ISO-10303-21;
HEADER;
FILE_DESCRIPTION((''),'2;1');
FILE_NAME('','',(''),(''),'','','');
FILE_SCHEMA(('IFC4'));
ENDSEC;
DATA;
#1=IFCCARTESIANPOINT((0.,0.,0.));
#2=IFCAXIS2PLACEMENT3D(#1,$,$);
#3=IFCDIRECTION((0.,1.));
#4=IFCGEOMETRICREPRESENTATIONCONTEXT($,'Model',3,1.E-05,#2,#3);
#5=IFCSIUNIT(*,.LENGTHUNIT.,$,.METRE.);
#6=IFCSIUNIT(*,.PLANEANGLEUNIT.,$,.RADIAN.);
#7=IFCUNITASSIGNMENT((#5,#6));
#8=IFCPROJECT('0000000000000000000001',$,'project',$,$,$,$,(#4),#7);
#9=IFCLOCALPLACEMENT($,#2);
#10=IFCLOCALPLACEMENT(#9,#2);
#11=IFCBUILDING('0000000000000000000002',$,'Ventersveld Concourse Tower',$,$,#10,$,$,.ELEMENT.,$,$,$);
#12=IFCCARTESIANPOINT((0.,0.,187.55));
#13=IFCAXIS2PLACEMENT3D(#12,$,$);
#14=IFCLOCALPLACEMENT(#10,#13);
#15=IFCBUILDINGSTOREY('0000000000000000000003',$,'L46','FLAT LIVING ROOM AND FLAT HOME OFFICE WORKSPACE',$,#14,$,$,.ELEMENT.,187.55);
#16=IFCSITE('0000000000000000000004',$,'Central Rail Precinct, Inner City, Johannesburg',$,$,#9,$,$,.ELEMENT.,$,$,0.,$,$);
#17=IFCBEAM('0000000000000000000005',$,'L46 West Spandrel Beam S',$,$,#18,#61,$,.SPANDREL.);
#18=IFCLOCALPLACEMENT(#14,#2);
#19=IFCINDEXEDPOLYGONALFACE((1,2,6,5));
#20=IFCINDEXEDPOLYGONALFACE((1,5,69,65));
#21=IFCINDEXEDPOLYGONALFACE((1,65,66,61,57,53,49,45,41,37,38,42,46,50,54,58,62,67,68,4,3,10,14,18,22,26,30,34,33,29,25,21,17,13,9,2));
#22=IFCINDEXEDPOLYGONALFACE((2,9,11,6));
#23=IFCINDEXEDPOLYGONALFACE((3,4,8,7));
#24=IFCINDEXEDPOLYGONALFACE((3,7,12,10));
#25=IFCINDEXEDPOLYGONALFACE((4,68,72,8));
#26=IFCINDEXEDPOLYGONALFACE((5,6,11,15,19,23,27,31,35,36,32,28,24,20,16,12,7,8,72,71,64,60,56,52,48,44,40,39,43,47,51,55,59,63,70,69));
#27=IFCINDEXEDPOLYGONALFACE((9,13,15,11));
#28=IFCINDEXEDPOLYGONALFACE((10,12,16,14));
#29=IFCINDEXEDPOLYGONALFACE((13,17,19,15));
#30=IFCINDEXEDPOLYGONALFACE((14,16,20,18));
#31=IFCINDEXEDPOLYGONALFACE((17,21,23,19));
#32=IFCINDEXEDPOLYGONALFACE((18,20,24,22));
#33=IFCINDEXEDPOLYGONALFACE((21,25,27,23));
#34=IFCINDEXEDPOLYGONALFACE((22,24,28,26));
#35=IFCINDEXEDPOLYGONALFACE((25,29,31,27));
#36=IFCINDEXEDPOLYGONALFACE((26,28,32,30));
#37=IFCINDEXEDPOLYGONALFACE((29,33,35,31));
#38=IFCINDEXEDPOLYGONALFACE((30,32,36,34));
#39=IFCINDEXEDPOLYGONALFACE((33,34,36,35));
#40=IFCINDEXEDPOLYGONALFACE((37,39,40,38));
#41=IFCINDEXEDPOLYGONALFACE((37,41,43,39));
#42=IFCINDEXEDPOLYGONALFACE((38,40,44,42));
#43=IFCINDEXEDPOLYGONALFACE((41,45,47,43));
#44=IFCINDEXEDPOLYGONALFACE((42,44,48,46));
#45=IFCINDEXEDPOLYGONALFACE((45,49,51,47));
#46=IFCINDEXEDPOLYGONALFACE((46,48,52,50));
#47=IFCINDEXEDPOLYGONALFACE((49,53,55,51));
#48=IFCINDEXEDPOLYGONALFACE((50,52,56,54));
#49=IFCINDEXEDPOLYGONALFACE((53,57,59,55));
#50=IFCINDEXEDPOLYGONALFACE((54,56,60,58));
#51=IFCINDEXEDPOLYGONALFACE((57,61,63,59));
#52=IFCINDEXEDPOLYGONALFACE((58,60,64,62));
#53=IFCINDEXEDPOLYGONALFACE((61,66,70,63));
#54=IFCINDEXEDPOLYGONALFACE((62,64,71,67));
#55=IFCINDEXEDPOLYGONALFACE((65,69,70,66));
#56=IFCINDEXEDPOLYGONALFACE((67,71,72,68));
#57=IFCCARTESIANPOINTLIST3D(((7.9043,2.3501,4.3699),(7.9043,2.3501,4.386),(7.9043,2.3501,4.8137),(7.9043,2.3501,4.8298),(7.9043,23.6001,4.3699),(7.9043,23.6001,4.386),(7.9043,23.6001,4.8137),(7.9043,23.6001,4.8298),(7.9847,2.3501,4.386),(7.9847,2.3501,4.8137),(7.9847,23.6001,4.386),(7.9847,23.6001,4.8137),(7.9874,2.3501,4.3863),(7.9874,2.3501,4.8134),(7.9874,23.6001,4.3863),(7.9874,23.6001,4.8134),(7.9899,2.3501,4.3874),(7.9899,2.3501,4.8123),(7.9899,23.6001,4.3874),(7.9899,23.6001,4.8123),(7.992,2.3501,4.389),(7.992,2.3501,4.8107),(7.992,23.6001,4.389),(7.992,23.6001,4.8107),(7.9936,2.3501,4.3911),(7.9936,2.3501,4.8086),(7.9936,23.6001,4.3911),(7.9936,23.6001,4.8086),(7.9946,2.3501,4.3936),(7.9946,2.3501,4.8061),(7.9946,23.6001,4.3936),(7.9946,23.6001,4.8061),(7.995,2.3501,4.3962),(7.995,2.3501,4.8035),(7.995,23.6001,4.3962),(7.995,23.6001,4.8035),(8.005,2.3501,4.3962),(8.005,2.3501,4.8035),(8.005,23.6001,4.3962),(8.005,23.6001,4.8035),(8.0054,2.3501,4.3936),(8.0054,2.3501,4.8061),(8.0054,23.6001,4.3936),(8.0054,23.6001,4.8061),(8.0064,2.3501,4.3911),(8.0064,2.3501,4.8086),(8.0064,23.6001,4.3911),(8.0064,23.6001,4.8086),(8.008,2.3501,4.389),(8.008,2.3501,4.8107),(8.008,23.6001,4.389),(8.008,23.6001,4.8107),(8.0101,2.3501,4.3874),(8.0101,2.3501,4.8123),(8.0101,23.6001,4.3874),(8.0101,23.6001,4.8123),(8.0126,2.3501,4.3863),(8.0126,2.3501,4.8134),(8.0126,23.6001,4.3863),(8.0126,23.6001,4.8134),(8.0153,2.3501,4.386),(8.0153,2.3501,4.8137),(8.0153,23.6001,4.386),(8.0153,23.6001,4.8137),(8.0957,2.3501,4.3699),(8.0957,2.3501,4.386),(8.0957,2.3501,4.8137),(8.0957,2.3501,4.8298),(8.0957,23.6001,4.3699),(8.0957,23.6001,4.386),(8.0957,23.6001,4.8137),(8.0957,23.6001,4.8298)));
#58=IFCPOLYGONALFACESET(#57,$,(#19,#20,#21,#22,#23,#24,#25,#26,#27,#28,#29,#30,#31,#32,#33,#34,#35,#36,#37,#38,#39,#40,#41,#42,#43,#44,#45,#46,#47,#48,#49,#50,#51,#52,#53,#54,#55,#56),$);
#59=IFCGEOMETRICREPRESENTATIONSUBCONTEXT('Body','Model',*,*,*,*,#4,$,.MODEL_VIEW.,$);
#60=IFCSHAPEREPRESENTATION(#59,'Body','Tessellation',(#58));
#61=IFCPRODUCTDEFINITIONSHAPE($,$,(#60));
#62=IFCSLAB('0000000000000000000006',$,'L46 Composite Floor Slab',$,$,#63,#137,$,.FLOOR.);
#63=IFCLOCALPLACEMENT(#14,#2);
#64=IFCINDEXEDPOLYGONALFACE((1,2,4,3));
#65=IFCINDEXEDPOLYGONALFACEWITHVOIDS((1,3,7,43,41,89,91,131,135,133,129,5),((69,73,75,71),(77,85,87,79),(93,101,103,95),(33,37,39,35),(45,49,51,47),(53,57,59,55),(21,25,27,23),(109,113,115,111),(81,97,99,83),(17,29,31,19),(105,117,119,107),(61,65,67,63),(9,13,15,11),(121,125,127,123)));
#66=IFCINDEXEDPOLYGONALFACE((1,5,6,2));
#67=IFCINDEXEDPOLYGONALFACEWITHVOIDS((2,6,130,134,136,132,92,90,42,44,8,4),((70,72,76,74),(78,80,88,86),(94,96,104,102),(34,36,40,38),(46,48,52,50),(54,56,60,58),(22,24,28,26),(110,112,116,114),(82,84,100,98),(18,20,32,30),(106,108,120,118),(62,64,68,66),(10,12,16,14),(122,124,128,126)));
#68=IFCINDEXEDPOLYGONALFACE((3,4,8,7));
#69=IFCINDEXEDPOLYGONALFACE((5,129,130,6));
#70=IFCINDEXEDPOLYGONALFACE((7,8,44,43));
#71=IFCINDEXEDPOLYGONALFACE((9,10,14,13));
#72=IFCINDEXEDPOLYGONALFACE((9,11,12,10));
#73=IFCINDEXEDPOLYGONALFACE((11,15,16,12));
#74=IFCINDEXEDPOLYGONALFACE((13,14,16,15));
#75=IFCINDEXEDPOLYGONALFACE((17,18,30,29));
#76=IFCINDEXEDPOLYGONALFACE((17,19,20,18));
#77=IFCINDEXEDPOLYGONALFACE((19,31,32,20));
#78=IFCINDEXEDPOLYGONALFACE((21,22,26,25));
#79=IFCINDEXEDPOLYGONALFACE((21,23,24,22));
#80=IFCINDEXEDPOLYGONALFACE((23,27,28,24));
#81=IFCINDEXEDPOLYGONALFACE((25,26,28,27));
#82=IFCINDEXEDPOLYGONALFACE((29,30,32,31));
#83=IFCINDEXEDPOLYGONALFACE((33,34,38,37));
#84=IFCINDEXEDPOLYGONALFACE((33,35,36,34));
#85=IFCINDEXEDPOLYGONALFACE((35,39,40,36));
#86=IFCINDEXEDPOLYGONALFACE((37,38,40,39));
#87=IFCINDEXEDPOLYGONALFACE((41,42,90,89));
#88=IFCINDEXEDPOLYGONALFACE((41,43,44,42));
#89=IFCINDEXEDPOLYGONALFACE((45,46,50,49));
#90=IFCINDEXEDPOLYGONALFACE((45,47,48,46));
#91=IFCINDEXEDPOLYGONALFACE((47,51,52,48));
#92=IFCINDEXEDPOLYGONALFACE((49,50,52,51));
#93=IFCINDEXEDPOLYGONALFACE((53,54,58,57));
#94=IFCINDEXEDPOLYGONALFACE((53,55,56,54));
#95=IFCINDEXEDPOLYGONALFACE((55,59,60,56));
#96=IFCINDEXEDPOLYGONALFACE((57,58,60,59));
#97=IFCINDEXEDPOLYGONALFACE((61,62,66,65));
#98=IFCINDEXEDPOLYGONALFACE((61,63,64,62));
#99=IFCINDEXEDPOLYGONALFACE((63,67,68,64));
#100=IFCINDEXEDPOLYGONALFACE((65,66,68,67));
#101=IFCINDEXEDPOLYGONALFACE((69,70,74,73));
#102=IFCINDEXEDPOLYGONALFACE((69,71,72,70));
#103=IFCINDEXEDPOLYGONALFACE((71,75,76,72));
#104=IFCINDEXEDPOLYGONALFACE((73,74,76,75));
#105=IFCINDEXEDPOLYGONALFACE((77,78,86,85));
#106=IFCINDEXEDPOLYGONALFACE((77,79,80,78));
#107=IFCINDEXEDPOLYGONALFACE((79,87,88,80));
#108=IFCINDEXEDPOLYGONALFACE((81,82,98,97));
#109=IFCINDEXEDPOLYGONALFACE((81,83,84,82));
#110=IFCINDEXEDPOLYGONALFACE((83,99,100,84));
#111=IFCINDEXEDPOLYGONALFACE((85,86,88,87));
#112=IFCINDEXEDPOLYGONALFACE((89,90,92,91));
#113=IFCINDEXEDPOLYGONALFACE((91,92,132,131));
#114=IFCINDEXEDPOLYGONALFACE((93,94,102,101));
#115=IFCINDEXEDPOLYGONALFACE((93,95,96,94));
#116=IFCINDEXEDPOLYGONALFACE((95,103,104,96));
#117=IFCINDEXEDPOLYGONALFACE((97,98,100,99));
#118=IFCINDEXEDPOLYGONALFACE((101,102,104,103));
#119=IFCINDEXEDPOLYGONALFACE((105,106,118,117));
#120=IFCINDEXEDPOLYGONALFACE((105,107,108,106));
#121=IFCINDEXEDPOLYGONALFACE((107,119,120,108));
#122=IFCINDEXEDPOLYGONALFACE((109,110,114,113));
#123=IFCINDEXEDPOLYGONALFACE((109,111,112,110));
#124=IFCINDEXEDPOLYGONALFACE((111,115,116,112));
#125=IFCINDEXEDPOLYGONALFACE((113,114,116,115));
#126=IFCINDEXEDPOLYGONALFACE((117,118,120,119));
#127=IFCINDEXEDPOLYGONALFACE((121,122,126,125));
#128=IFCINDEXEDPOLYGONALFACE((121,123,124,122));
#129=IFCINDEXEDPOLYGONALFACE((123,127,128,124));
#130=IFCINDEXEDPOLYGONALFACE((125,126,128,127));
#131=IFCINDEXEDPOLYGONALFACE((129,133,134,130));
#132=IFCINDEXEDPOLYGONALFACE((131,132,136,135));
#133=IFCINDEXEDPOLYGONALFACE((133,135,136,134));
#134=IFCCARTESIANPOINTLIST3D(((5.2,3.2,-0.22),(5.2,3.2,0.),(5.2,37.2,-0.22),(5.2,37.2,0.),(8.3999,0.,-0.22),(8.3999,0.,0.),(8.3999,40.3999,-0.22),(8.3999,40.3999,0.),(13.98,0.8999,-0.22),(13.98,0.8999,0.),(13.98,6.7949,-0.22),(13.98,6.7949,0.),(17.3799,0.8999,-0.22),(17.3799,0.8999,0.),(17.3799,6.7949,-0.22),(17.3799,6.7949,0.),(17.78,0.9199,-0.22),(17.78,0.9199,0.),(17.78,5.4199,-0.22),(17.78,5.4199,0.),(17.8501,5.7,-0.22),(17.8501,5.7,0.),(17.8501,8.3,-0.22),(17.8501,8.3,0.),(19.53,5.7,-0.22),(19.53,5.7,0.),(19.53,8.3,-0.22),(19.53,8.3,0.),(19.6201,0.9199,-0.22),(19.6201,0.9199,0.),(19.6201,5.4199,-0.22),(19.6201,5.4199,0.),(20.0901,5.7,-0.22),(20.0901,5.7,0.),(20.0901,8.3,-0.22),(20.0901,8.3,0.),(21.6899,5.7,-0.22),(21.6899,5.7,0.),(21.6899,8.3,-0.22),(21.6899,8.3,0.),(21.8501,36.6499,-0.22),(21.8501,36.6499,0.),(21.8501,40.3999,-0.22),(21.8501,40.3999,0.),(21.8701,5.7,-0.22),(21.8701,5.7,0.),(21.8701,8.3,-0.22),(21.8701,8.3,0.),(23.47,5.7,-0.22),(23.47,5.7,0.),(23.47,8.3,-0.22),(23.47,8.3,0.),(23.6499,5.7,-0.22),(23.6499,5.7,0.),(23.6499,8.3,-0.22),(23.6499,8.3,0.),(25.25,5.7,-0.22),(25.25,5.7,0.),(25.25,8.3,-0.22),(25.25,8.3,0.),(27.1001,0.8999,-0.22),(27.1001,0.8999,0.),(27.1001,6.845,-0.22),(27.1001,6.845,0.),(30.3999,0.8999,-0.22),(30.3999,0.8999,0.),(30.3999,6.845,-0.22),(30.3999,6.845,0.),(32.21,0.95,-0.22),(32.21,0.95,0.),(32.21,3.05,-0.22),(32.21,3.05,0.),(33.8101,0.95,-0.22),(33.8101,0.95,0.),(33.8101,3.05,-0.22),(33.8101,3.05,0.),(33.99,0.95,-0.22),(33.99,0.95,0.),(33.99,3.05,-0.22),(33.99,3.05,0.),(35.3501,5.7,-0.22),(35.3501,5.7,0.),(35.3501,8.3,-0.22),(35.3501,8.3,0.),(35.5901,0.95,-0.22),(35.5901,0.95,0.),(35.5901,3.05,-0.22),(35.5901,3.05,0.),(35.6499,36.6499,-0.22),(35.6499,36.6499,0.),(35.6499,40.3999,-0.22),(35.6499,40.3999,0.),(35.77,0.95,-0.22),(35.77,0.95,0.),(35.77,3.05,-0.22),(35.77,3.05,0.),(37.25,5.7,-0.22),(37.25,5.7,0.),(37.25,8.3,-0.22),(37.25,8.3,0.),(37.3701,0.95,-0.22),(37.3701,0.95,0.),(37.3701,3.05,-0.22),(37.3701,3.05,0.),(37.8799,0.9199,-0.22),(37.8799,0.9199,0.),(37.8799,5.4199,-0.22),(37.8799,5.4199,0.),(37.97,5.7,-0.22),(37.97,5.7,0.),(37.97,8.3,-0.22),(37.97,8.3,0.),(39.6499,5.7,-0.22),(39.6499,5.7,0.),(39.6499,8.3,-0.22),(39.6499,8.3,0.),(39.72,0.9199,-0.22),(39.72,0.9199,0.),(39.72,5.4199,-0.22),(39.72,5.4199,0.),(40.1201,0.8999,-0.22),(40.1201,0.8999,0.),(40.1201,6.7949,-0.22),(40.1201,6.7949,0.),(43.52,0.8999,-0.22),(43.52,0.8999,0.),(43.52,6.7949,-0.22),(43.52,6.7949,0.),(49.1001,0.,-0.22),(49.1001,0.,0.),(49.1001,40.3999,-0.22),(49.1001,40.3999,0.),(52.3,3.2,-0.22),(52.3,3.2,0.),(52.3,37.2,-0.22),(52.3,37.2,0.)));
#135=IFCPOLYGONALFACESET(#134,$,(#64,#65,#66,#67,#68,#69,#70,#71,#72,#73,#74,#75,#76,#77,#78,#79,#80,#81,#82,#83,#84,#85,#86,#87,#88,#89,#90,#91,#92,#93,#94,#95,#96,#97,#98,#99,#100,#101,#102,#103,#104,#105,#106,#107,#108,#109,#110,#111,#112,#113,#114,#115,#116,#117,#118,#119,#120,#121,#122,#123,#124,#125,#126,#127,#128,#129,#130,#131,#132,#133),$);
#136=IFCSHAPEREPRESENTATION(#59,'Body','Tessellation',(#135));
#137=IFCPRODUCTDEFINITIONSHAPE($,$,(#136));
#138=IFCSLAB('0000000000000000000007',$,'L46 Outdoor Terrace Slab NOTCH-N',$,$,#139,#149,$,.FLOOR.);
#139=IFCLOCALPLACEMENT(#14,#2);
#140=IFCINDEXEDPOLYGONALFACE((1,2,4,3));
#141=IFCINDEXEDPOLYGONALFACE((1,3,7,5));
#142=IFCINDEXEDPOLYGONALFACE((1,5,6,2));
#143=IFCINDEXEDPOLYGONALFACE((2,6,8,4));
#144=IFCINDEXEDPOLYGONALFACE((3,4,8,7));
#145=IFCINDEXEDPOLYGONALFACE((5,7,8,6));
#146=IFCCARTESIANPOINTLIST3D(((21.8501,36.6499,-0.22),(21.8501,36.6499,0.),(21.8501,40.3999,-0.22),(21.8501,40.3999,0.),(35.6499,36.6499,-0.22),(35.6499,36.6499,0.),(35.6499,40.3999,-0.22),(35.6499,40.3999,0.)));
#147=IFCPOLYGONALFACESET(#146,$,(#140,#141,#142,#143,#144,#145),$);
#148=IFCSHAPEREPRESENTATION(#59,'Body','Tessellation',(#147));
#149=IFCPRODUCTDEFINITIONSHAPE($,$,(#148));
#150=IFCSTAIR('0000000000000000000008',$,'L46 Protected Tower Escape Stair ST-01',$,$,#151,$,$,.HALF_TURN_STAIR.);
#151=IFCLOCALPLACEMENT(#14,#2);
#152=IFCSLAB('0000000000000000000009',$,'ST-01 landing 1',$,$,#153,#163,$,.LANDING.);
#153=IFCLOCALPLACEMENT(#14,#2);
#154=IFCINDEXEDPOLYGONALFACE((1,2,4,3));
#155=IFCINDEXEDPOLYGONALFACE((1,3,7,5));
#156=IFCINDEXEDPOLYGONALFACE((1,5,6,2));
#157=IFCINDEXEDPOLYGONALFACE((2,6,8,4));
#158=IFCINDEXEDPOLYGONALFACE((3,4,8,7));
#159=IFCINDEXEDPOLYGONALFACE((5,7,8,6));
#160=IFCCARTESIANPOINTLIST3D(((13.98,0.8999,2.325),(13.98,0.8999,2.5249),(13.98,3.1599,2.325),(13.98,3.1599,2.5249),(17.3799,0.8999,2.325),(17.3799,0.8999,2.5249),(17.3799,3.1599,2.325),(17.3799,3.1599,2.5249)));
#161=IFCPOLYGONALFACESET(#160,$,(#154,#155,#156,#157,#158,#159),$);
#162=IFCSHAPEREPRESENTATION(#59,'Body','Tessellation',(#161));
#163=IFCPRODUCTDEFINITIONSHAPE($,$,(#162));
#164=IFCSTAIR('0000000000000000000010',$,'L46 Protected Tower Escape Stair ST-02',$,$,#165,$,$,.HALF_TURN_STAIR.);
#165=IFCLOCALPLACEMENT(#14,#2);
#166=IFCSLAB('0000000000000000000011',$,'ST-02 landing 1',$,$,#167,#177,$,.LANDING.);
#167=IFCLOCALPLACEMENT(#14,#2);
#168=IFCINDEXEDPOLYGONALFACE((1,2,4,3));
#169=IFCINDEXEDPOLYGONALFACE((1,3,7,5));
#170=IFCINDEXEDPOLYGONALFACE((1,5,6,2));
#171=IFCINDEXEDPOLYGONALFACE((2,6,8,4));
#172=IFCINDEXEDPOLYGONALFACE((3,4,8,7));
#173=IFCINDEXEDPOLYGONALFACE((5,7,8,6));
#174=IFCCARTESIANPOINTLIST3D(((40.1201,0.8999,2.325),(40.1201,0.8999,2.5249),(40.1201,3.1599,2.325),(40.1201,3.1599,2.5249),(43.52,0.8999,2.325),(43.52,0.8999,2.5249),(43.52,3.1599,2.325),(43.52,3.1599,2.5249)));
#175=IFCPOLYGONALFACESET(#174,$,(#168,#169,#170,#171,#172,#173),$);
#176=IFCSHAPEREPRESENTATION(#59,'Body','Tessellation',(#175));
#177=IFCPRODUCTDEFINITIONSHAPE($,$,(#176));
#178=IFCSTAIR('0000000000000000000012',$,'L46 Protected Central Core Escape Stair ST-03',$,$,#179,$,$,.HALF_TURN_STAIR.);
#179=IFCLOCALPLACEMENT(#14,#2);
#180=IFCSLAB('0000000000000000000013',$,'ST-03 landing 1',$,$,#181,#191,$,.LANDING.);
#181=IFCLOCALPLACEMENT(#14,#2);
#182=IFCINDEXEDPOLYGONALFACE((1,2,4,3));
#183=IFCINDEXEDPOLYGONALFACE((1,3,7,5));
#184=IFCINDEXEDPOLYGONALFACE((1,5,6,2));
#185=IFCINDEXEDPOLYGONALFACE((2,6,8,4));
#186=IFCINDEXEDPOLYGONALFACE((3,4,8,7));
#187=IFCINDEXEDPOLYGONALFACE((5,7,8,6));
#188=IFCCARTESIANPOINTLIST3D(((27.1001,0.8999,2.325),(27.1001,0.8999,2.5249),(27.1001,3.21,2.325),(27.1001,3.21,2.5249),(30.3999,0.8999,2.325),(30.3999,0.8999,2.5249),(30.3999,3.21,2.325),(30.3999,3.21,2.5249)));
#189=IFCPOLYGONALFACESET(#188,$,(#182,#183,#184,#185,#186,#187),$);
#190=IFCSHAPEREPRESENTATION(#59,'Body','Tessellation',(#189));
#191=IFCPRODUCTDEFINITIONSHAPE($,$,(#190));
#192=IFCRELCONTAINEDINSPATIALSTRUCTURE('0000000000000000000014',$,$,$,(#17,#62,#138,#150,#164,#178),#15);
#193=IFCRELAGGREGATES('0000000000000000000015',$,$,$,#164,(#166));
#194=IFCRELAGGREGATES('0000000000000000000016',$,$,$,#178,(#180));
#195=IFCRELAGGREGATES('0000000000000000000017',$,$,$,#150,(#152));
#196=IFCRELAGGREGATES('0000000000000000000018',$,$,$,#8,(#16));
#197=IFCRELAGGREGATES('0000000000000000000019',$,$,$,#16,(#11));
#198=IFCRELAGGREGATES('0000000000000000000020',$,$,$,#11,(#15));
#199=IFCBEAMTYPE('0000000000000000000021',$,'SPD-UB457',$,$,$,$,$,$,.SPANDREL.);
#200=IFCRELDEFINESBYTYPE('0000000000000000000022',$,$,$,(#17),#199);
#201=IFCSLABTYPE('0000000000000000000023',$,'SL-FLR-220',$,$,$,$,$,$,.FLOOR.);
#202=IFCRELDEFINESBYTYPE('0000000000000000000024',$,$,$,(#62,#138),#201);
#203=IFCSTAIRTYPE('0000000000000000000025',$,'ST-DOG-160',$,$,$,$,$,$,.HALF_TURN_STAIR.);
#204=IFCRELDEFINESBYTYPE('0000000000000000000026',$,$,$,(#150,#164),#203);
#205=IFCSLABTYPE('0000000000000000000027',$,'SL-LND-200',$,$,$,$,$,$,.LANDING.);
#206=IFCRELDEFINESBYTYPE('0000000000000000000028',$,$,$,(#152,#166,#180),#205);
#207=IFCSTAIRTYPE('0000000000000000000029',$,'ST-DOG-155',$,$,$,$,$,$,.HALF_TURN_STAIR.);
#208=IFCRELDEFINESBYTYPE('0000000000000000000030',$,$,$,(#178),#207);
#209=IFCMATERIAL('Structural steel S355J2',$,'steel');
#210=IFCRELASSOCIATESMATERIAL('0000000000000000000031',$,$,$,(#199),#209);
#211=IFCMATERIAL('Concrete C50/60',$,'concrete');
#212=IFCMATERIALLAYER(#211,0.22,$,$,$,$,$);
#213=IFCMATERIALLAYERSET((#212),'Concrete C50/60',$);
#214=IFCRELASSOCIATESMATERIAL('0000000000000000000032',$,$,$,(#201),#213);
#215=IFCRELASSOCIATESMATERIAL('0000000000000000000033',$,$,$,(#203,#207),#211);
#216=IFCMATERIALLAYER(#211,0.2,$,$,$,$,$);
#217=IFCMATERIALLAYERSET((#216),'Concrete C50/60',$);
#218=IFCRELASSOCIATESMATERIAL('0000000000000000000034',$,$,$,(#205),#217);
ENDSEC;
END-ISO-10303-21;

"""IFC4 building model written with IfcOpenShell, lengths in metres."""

from ifc_helpers import new_model, si_unit, direction, frame, origin, origin_2d, place, context, subcontext, project, spatial, polyline, i_section, outline, extrude, material, layer, layer_set, material_profile, profile_set, type_object, element, aggregate, save


model = new_model("IFC4")

# Units and contexts
model_context = context("Model", 3, precision=1e-05, world=origin(), true_north=direction((0.0, 1.0)))
body_context = subcontext(model_context, "Body", "Model", "MODEL_VIEW")
ifc_project = project(units=[si_unit("LENGTHUNIT", "METRE"), si_unit("PLANEANGLEUNIT", "RADIAN")], contexts=[model_context])

# Site, building, storey
site_placement = place(None, origin())
site = spatial("IfcSite", under=ifc_project, at=site_placement, Name="Central Rail Precinct, Inner City, Johannesburg", CompositionType="ELEMENT", RefElevation=0.0)
building_placement = place(site_placement, origin())
building = spatial("IfcBuilding", under=site, at=building_placement, Name="Ventersveld Concourse Tower", CompositionType="ELEMENT")
storey_placement = place(building_placement, frame((0.0, 0.0, 187.55)))
storey = spatial("IfcBuildingStorey", under=building, at=storey_placement, Name="L46", Description="FLAT LIVING ROOM AND FLAT HOME OFFICE WORKSPACE", CompositionType="ELEMENT", Elevation=187.55)

# Shared definitions
ifc_material_1 = material(Name="Concrete C50/60", Category="concrete")

# Shared definitions
ifc_material_2 = material(Name="Structural steel S355J2", Category="steel")

# Beam
ifc_material_profile_1 = material_profile(ifc_material_2, i_section(OverallWidth=0.1914, OverallDepth=0.46, WebThickness=0.01, FlangeThickness=0.0161, FilletRadius=0.0103, at=origin_2d()), Name="UB 457x191x82")
ifc_profile_set_1 = profile_set([ifc_material_profile_1], Name="Structural steel S355J2")
beam_type_1 = type_object("IfcBeamType", Name="SPD-UB457", PredefinedType="SPANDREL", material=ifc_profile_set_1)
beam_1_placement = place(storey_placement, frame((8.0, 2.3501, 4.5999), z_axis=(0.0, 1.0, 0.0), x_axis=(-1.0, 0.0, 0.0)))
element("IfcBeam", 1, at=beam_1_placement, inside=storey, type_object=beam_type_1, Name="L46 West Spandrel Beam S", PredefinedType="SPANDREL", context=body_context, shape_type="SweptSolid", body=[
    extrude(i_section(OverallWidth=0.1914, OverallDepth=0.46, WebThickness=0.01, FlangeThickness=0.0161, FilletRadius=0.0103, at=origin_2d()), origin(), (0.0, 0.0, 1.0), 21.25),
])

# Slabs
ifc_layer_1 = layer(ifc_material_1, 0.22)
ifc_layer_set_1 = layer_set([ifc_layer_1], Name="Concrete C50/60")
slab_type_1 = type_object("IfcSlabType", Name="SL-FLR-220", PredefinedType="FLOOR", material=ifc_layer_set_1)
slab_1_placement = place(storey_placement, frame((0.0, 0.0, -0.22)))
element("IfcSlab", 2, at=slab_1_placement, inside=storey, type_object=slab_type_1, Name="L46 Composite Floor Slab", PredefinedType="FLOOR", context=body_context, shape_type="SweptSolid", body=[
    extrude(outline(polyline([(8.3999, 0.0), (49.1001, 0.0), (52.3, 3.2), (52.3, 37.2), (49.1001, 40.3999), (35.6499, 40.3999), (35.6499, 36.6499), (21.8501, 36.6499), (21.8501, 40.3999), (8.3999, 40.3999), (5.2, 37.2), (5.2, 3.2), (8.3999, 0.0)]), holes=[polyline([(13.98, 6.7949), (13.98, 0.8999), (17.3799, 0.8999), (17.3799, 6.7949), (13.98, 6.7949)]), polyline([(40.1201, 6.7949), (40.1201, 0.8999), (43.52, 0.8999), (43.52, 6.7949), (40.1201, 6.7949)]), polyline([(27.1001, 6.845), (27.1001, 0.8999), (30.3999, 0.8999), (30.3999, 6.845), (27.1001, 6.845)]), polyline([(17.8501, 5.7), (19.53, 5.7), (19.53, 8.3), (17.8501, 8.3), (17.8501, 5.7)]), polyline([(37.97, 5.7), (39.6499, 5.7), (39.6499, 8.3), (37.97, 8.3), (37.97, 5.7)]), polyline([(35.3501, 5.7), (37.25, 5.7), (37.25, 8.3), (35.3501, 8.3), (35.3501, 5.7)]), polyline([(32.21, 0.95), (33.8101, 0.95), (33.8101, 3.05), (32.21, 3.05), (32.21, 0.95)]), polyline([(33.99, 0.95), (35.5901, 0.95), (35.5901, 3.05), (33.99, 3.05), (33.99, 0.95)]), polyline([(35.77, 0.95), (37.3701, 0.95), (37.3701, 3.05), (35.77, 3.05), (35.77, 0.95)]), polyline([(20.0901, 5.7), (21.6899, 5.7), (21.6899, 8.3), (20.0901, 8.3), (20.0901, 5.7)]), polyline([(21.8701, 5.7), (23.47, 5.7), (23.47, 8.3), (21.8701, 8.3), (21.8701, 5.7)]), polyline([(23.6499, 5.7), (25.25, 5.7), (25.25, 8.3), (23.6499, 8.3), (23.6499, 5.7)]), polyline([(17.78, 0.9199), (19.6201, 0.9199), (19.6201, 5.4199), (17.78, 5.4199), (17.78, 0.9199)]), polyline([(37.8799, 0.9199), (39.72, 0.9199), (39.72, 5.4199), (37.8799, 5.4199), (37.8799, 0.9199)])]), origin(), (0.0, 0.0, 1.0), 0.22),
])
slab_2_placement = place(storey_placement, frame((0.0, 0.0, -0.22)))
element("IfcSlab", 3, at=slab_2_placement, inside=storey, type_object=slab_type_1, Name="L46 Outdoor Terrace Slab NOTCH-N", PredefinedType="FLOOR", context=body_context, shape_type="SweptSolid", body=[
    extrude(outline(polyline([(21.8501, 36.6499), (35.6499, 36.6499), (35.6499, 40.3999), (21.8501, 40.3999), (21.8501, 36.6499)])), origin(), (0.0, 0.0, 1.0), 0.22),
])

# Stairs, slabs
stair_type_1 = type_object("IfcStairType", Name="ST-DOG-160", PredefinedType="HALF_TURN_STAIR", material=ifc_material_1)
stair_1_placement = place(storey_placement, origin())
stair_1 = element("IfcStair", 4, at=stair_1_placement, inside=storey, type_object=stair_type_1, Name="L46 Protected Tower Escape Stair ST-01", PredefinedType="HALF_TURN_STAIR")
ifc_layer_2 = layer(ifc_material_1, 0.2)
ifc_layer_set_2 = layer_set([ifc_layer_2], Name="Concrete C50/60")
slab_type_2 = type_object("IfcSlabType", Name="SL-LND-200", PredefinedType="LANDING", material=ifc_layer_set_2)
slab_3_placement = place(storey_placement, frame((0.0, 0.0, 2.325)))
slab_3 = element("IfcSlab", 5, at=slab_3_placement, type_object=slab_type_2, Name="ST-01 landing 1", PredefinedType="LANDING", context=body_context, shape_type="SweptSolid", body=[
    extrude(outline(polyline([(13.98, 3.1599), (13.98, 0.8999), (17.3799, 0.8999), (17.3799, 3.1599), (13.98, 3.1599)])), origin(), (0.0, 0.0, 1.0), 0.2),
])
stair_2_placement = place(storey_placement, origin())
stair_2 = element("IfcStair", 6, at=stair_2_placement, inside=storey, type_object=stair_type_1, Name="L46 Protected Tower Escape Stair ST-02", PredefinedType="HALF_TURN_STAIR")
slab_4_placement = place(storey_placement, frame((0.0, 0.0, 2.325)))
slab_4 = element("IfcSlab", 7, at=slab_4_placement, type_object=slab_type_2, Name="ST-02 landing 1", PredefinedType="LANDING", context=body_context, shape_type="SweptSolid", body=[
    extrude(outline(polyline([(40.1201, 3.1599), (40.1201, 0.8999), (43.52, 0.8999), (43.52, 3.1599), (40.1201, 3.1599)])), origin(), (0.0, 0.0, 1.0), 0.2),
])
aggregate(stair_2, [slab_4])
stair_type_2 = type_object("IfcStairType", Name="ST-DOG-155", PredefinedType="HALF_TURN_STAIR", material=ifc_material_1)
stair_3_placement = place(storey_placement, origin())
stair_3 = element("IfcStair", 8, at=stair_3_placement, inside=storey, type_object=stair_type_2, Name="L46 Protected Central Core Escape Stair ST-03", PredefinedType="HALF_TURN_STAIR")
slab_5_placement = place(storey_placement, frame((0.0, 0.0, 2.325)))
slab_5 = element("IfcSlab", 9, at=slab_5_placement, type_object=slab_type_2, Name="ST-03 landing 1", PredefinedType="LANDING", context=body_context, shape_type="SweptSolid", body=[
    extrude(outline(polyline([(27.1001, 3.21), (27.1001, 0.8999), (30.3999, 0.8999), (30.3999, 3.21), (27.1001, 3.21)])), origin(), (0.0, 0.0, 1.0), 0.2),
])
aggregate(stair_3, [slab_5])

aggregate(stair_1, [slab_3])

save(model, "model.ifc")
